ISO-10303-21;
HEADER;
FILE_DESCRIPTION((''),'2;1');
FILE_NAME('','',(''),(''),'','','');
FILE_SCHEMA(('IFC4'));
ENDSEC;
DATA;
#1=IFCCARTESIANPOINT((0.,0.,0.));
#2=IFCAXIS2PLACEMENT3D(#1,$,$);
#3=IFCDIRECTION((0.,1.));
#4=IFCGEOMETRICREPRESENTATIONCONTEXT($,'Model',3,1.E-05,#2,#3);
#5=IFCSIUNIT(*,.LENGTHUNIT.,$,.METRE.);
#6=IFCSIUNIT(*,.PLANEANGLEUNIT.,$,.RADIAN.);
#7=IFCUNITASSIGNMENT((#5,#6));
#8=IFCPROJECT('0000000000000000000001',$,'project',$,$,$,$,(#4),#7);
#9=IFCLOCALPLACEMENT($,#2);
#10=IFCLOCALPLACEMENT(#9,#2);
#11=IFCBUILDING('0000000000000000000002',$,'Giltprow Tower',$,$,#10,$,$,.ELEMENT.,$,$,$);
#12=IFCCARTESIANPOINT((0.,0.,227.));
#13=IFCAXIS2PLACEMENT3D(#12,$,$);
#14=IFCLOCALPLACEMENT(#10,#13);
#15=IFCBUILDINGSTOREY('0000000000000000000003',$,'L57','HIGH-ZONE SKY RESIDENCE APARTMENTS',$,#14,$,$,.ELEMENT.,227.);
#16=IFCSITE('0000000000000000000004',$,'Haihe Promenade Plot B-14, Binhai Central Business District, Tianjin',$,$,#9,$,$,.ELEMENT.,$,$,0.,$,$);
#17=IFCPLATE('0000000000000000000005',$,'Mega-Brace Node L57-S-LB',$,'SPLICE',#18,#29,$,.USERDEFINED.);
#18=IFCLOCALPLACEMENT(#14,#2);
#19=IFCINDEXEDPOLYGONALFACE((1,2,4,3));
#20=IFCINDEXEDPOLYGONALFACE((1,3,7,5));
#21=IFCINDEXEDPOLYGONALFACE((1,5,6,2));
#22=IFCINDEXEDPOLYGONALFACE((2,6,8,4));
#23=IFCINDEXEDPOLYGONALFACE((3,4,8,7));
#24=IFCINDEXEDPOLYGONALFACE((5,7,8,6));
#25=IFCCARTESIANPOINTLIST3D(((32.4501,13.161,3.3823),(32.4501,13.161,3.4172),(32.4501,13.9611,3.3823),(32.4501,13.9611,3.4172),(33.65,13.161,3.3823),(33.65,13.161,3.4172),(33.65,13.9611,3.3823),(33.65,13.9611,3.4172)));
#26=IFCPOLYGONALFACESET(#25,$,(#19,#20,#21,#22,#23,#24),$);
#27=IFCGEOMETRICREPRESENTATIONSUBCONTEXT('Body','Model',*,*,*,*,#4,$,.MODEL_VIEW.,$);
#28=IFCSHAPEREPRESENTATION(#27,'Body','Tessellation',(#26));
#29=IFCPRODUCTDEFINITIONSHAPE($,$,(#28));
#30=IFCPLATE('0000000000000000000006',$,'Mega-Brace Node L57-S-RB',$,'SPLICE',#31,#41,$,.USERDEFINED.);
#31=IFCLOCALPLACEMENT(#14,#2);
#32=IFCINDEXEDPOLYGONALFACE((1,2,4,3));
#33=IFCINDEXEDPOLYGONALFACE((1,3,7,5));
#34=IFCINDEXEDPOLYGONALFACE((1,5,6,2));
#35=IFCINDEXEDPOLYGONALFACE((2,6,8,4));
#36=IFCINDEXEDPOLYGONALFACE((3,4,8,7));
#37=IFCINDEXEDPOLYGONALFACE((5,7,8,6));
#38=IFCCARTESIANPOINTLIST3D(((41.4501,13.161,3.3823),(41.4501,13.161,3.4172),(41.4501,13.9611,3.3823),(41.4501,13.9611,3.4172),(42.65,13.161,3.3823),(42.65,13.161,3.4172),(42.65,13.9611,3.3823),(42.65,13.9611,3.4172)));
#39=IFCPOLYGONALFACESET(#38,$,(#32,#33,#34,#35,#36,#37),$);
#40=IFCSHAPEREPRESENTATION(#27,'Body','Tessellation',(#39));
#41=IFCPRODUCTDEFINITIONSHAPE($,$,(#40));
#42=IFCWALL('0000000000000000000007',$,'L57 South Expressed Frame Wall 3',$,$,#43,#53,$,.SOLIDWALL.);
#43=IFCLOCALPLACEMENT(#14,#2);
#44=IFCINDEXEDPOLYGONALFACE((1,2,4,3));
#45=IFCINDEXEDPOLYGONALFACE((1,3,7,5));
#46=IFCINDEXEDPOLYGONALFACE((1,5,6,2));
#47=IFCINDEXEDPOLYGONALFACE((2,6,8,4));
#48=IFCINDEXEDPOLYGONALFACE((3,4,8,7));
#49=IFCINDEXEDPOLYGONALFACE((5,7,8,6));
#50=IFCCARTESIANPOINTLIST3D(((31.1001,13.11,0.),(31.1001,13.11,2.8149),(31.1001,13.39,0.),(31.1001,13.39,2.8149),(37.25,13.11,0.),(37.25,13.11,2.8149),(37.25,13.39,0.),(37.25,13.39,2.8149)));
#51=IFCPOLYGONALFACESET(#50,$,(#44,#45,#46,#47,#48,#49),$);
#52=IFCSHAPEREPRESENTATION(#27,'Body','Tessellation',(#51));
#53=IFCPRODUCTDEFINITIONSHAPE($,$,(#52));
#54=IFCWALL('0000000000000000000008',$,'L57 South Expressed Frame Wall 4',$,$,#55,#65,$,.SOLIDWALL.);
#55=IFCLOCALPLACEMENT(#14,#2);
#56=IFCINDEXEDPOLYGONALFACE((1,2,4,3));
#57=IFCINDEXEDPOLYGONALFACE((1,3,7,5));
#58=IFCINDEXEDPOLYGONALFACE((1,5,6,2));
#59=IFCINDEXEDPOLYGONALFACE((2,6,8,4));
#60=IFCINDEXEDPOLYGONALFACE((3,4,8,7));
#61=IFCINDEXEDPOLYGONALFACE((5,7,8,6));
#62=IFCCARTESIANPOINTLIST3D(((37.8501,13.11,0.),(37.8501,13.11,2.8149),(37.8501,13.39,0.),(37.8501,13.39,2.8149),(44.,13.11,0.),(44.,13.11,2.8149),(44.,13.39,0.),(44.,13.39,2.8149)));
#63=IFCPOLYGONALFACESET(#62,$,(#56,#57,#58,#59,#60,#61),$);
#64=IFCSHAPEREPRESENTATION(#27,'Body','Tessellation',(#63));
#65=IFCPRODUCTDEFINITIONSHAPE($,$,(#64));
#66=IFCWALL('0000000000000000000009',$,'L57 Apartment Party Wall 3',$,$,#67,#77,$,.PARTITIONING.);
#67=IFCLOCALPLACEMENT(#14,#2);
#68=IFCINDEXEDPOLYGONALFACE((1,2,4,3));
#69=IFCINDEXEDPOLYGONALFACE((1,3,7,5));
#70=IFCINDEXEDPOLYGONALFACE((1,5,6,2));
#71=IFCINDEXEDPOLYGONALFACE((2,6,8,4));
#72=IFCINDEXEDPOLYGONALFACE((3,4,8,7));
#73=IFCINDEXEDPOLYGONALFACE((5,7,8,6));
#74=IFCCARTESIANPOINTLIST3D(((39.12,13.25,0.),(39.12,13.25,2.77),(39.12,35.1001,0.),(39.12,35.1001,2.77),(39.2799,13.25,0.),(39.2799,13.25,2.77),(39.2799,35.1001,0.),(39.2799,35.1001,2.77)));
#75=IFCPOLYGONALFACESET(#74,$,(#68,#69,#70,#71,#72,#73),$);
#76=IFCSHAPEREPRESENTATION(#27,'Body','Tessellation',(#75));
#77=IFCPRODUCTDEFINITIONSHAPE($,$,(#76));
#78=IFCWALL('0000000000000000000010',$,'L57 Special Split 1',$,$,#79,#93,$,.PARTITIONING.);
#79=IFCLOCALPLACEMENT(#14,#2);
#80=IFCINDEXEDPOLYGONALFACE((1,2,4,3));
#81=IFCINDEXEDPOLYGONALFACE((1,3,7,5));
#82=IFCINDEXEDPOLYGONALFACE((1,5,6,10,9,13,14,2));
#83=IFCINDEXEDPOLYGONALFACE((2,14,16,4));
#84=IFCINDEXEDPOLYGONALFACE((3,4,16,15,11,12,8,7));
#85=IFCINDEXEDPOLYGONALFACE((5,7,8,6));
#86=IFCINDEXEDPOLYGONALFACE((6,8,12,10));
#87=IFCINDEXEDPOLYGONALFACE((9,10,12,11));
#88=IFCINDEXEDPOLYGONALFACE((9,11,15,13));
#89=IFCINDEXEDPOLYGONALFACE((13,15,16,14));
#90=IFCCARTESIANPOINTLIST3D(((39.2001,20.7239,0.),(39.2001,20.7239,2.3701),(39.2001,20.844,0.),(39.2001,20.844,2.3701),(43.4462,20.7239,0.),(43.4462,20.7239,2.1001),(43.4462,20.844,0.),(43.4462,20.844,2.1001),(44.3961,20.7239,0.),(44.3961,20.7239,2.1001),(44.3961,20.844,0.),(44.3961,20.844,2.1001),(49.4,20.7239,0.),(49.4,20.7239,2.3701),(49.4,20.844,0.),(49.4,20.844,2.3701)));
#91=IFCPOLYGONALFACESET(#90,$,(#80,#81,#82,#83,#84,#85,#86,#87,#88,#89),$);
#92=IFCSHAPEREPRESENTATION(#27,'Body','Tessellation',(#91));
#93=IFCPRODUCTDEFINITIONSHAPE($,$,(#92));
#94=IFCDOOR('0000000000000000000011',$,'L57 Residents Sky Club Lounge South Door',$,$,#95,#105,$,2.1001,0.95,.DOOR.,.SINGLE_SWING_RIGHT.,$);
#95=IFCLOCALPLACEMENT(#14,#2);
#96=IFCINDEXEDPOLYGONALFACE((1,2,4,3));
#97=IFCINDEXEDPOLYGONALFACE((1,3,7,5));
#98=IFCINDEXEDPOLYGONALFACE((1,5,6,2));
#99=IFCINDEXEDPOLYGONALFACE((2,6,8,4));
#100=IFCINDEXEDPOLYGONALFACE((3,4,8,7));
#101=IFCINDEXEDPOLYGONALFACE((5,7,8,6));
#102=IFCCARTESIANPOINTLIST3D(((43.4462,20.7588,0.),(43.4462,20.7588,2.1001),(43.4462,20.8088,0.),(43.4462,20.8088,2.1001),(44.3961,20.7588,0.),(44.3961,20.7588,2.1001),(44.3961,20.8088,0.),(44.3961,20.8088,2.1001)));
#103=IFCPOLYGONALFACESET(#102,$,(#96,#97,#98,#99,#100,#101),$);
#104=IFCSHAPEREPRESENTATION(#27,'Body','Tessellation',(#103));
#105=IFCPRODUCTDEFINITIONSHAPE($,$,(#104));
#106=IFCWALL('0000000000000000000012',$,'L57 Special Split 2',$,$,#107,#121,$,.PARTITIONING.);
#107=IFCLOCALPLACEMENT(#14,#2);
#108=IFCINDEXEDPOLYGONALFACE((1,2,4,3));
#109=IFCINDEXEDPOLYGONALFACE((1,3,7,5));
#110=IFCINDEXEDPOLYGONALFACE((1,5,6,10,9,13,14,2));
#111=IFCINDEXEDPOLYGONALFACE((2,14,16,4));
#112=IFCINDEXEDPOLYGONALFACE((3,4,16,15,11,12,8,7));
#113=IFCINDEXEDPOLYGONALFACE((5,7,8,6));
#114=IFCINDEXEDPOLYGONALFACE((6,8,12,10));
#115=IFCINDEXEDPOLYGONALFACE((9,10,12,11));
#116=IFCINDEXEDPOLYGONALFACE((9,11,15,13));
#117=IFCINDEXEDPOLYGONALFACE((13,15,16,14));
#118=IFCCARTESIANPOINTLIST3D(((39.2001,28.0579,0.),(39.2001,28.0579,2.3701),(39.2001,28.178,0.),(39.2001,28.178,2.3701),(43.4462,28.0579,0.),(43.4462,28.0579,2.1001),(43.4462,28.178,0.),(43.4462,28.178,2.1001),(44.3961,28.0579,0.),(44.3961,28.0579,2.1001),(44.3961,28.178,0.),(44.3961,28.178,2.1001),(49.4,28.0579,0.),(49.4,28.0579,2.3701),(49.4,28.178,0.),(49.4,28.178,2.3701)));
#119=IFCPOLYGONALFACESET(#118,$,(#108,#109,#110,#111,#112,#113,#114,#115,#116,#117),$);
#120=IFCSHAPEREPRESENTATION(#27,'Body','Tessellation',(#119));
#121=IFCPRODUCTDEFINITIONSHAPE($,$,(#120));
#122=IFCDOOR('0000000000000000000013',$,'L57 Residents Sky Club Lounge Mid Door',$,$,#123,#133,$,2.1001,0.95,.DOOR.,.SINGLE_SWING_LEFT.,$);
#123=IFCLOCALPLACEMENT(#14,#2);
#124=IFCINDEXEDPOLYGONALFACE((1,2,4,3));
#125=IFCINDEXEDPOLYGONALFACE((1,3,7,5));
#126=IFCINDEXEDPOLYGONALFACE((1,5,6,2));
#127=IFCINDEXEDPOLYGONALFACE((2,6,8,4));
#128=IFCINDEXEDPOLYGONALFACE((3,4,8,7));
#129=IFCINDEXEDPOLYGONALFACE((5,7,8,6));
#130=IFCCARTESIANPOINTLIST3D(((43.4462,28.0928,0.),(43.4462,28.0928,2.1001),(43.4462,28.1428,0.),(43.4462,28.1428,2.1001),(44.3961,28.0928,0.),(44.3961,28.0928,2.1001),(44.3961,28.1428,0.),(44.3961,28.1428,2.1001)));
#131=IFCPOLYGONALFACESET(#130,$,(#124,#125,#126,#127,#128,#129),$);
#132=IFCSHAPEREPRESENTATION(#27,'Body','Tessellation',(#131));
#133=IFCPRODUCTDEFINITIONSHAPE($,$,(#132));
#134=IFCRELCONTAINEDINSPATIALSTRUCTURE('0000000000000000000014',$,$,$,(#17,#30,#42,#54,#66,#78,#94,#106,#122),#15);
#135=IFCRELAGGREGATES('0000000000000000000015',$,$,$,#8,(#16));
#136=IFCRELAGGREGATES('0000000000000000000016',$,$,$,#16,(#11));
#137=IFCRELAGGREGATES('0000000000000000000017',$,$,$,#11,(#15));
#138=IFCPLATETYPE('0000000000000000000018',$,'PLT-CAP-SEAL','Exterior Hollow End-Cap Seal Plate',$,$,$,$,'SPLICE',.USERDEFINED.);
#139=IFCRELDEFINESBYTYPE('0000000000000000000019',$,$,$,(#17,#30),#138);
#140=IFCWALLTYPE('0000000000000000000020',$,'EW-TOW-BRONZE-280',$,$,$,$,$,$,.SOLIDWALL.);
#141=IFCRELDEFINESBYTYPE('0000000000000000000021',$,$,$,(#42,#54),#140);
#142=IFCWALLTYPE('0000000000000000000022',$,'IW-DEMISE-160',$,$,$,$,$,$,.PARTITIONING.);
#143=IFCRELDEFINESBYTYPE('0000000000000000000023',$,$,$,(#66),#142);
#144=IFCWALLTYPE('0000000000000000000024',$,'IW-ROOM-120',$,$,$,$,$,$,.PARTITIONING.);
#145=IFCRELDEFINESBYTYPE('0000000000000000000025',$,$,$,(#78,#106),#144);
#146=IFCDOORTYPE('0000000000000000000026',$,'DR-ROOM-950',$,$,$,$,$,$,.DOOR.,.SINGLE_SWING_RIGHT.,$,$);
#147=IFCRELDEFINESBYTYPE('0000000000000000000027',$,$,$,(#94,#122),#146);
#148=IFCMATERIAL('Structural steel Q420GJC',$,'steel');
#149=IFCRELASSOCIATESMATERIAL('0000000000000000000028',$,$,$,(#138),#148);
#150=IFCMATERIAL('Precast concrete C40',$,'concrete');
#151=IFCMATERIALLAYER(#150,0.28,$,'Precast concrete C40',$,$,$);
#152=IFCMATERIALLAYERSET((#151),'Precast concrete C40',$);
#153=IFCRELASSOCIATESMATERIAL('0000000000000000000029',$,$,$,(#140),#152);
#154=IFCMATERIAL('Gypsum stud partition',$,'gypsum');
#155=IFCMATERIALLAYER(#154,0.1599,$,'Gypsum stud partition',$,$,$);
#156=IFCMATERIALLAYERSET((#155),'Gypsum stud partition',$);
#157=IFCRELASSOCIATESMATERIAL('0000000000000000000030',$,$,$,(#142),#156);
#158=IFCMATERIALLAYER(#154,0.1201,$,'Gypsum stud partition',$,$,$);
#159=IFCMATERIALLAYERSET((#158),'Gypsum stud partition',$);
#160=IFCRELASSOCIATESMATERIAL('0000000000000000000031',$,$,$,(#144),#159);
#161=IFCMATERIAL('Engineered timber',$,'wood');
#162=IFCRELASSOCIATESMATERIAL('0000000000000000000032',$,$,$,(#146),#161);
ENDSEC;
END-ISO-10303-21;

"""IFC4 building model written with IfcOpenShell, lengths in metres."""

from ifc_helpers import new_model, si_unit, direction, frame, frame_2d, origin, origin_2d, place, context, subcontext, project, spatial, rectangle, extrude, source, transform, mapped, material, layer, layer_set, type_object, element, fill, save


model = new_model("IFC4")

# Units and contexts
model_context = context("Model", 3, precision=1e-05, world=origin(), true_north=direction((0.0, 1.0)))
body_context = subcontext(model_context, "Body", "Model", "MODEL_VIEW")
ifc_project = project(units=[si_unit("LENGTHUNIT", "METRE"), si_unit("PLANEANGLEUNIT", "RADIAN")], contexts=[model_context])

# Site, building, storey
site_placement = place(None, origin())
site = spatial("IfcSite", under=ifc_project, at=site_placement, Name="Haihe Promenade Plot B-14, Binhai Central Business District, Tianjin", CompositionType="ELEMENT", RefElevation=0.0)
building_placement = place(site_placement, origin())
building = spatial("IfcBuilding", under=site, at=building_placement, Name="Giltprow Tower", CompositionType="ELEMENT")
storey_placement = place(building_placement, frame((0.0, 0.0, 227.0)))
storey = spatial("IfcBuildingStorey", under=building, at=storey_placement, Name="L57", Description="HIGH-ZONE SKY RESIDENCE APARTMENTS", CompositionType="ELEMENT", Elevation=227.0)

# Plates
ifc_material_1 = material(Name="Structural steel Q420GJC", Category="steel")
plate_type = type_object("IfcPlateType", Name="PLT-CAP-SEAL", Description="Exterior Hollow End-Cap Seal Plate", ElementType="SPLICE", PredefinedType="USERDEFINED", material=ifc_material_1)
shared_shape_1 = source(origin(), body_context, "Body", "SweptSolid", [
    extrude(rectangle(XDim=1.2, YDim=0.8, at=origin_2d()), origin(), (0.0, 0.0, 1.0), 0.0349),
])
for number, where, z_axis, x_axis, name in (
    (1, (33.05, 13.561, 3.3823), (0.0, 0.0, 1.0), (1.0, 0.0, 0.0), "Mega-Brace Node L57-S-LB"),
    (2, (42.05, 13.561, 3.3823), (0.0, 0.0, 1.0), (1.0, 0.0, 0.0), "Mega-Brace Node L57-S-RB"),
):
    element("IfcPlate", number, at=place(storey_placement, frame(where, z_axis=z_axis, x_axis=x_axis)), inside=storey, type_object=plate_type, Name=name, ObjectType="SPLICE", PredefinedType="USERDEFINED", context=body_context, shape_type="MappedRepresentation", body=[
        mapped(shared_shape_1, transform((0.0, 0.0, 0.0), x_axis=(1.0, 0.0, 0.0), y_axis=(0.0, 1.0, 0.0), z_axis=(0.0, 0.0, 1.0), scale=1.0)),
    ])

# Walls
ifc_material_2 = material(Name="Precast concrete C40", Category="concrete")
ifc_layer_1 = layer(ifc_material_2, 0.28, Name="Precast concrete C40")
ifc_layer_set_1 = layer_set([ifc_layer_1], Name="Precast concrete C40")
wall_type_1 = type_object("IfcWallType", Name="EW-TOW-BRONZE-280", PredefinedType="SOLIDWALL", material=ifc_layer_set_1)
for number, where, z_axis, x_axis, name in (
    (3, (31.1001, 13.25, 0.0), (0.0, 0.0, 1.0), (1.0, 0.0, 0.0), "L57 South Expressed Frame Wall 3"),
    (4, (37.8501, 13.25, 0.0), (0.0, 0.0, 1.0), (1.0, 0.0, 0.0), "L57 South Expressed Frame Wall 4"),
):
    element("IfcWall", number, at=place(storey_placement, frame(where, z_axis=z_axis, x_axis=x_axis)), inside=storey, type_object=wall_type_1, Name=name, PredefinedType="SOLIDWALL", context=body_context, shape_type="SweptSolid", body=[
        extrude(rectangle(XDim=6.1499, YDim=0.28, at=frame_2d((3.075, 0.0))), origin(), (0.0, 0.0, 1.0), 2.8149),
    ])
ifc_material_3 = material(Name="Gypsum stud partition", Category="gypsum")
ifc_layer_2 = layer(ifc_material_3, 0.1599, Name="Gypsum stud partition")
ifc_layer_set_2 = layer_set([ifc_layer_2], Name="Gypsum stud partition")
wall_type_2 = type_object("IfcWallType", Name="IW-DEMISE-160", PredefinedType="PARTITIONING", material=ifc_layer_set_2)
wall_1_placement = place(storey_placement, frame((39.2, 13.25, 0.0), z_axis=(0.0, 0.0, 1.0), x_axis=(0.0, 1.0, 0.0)))
element("IfcWall", 5, at=wall_1_placement, inside=storey, type_object=wall_type_2, Name="L57 Apartment Party Wall 3", PredefinedType="PARTITIONING", context=body_context, shape_type="SweptSolid", body=[
    extrude(rectangle(XDim=21.8501, YDim=0.1599, at=frame_2d((10.925, 0.0))), origin(), (0.0, 0.0, 1.0), 2.77),
])

# Walls, openings, doors
ifc_layer_3 = layer(ifc_material_3, 0.1201, Name="Gypsum stud partition")
ifc_layer_set_3 = layer_set([ifc_layer_3], Name="Gypsum stud partition")
wall_type_3 = type_object("IfcWallType", Name="IW-ROOM-120", PredefinedType="PARTITIONING", material=ifc_layer_set_3)
wall_2_placement = place(storey_placement, frame((39.2, 20.7839, 0.0), z_axis=(0.0, 0.0, 1.0), x_axis=(1.0, 0.0, 0.0)))
wall_2 = element("IfcWall", 6, at=wall_2_placement, inside=storey, type_object=wall_type_3, Name="L57 Special Split 1", PredefinedType="PARTITIONING", context=body_context, shape_type="SweptSolid", body=[
    extrude(rectangle(XDim=10.2, YDim=0.1201, at=frame_2d((5.1001, 0.0))), origin(), (0.0, 0.0, 1.0), 2.3701),
])
opening_1_placement = place(wall_2_placement, frame((4.2461, 0.0, 0.0)))
opening_1 = element("IfcOpeningElement", 7, at=opening_1_placement, cuts=wall_2, PredefinedType="OPENING", context=body_context, shape_type="SweptSolid", body=[
    extrude(rectangle(XDim=0.95, YDim=2.1001, at=frame_2d((0.4751, 1.05))), frame((0.0, 0.0701, 0.0), z_axis=(0.0, -1.0, 0.0), x_axis=(1.0, 0.0, 0.0)), (0.0, 0.0, 1.0), 0.1401),
])
ifc_material_4 = material(Name="Engineered timber", Category="wood")
door_type = type_object("IfcDoorType", Name="DR-ROOM-950", OperationType="SINGLE_SWING_RIGHT", PredefinedType="DOOR", material=ifc_material_4)
shared_shape_2 = source(origin(), body_context, "Body", "SweptSolid", [
    extrude(rectangle(XDim=0.95, YDim=2.1001, at=frame_2d((0.4751, 1.05))), frame((0.0, 0.0249, 0.0), z_axis=(0.0, -1.0, 0.0), x_axis=(1.0, 0.0, 0.0)), (0.0, 0.0, 1.0), 0.05),
])
door_1_placement = place(opening_1_placement, origin())
door_1 = element("IfcDoor", 8, at=door_1_placement, inside=storey, type_object=door_type, Name="L57 Residents Sky Club Lounge South Door", OperationType="SINGLE_SWING_RIGHT", OverallHeight=2.1001, OverallWidth=0.95, PredefinedType="DOOR", context=body_context, shape_type="MappedRepresentation", body=[
    mapped(shared_shape_2, transform((0.0, 0.0, 0.0), x_axis=(1.0, 0.0, 0.0), y_axis=(0.0, 1.0, 0.0), z_axis=(0.0, 0.0, 1.0), scale=1.0)),
])
fill(opening_1, door_1)
wall_3_placement = place(storey_placement, frame((39.2, 28.1179, 0.0), z_axis=(0.0, 0.0, 1.0), x_axis=(1.0, 0.0, 0.0)))
wall_3 = element("IfcWall", 9, at=wall_3_placement, inside=storey, type_object=wall_type_3, Name="L57 Special Split 2", PredefinedType="PARTITIONING", context=body_context, shape_type="SweptSolid", body=[
    extrude(rectangle(XDim=10.2, YDim=0.1201, at=frame_2d((5.1001, 0.0))), origin(), (0.0, 0.0, 1.0), 2.3701),
])
opening_2_placement = place(wall_3_placement, frame((4.2461, 0.0, 0.0)))
opening_2 = element("IfcOpeningElement", 10, at=opening_2_placement, cuts=wall_3, PredefinedType="OPENING", context=body_context, shape_type="SweptSolid", body=[
    extrude(rectangle(XDim=0.95, YDim=2.1001, at=frame_2d((0.4751, 1.05))), frame((0.0, 0.0701, 0.0), z_axis=(0.0, -1.0, 0.0), x_axis=(1.0, 0.0, 0.0)), (0.0, 0.0, 1.0), 0.1401),
])
door_2_placement = place(opening_2_placement, origin())
door_2 = element("IfcDoor", 11, at=door_2_placement, inside=storey, type_object=door_type, Name="L57 Residents Sky Club Lounge Mid Door", OperationType="SINGLE_SWING_LEFT", OverallHeight=2.1001, OverallWidth=0.95, PredefinedType="DOOR", context=body_context, shape_type="MappedRepresentation", body=[
    mapped(shared_shape_2, transform((0.0, 0.0, 0.0), x_axis=(1.0, 0.0, 0.0), y_axis=(0.0, 1.0, 0.0), z_axis=(0.0, 0.0, 1.0), scale=1.0)),
])
fill(opening_2, door_2)

save(model, "model.ifc")
